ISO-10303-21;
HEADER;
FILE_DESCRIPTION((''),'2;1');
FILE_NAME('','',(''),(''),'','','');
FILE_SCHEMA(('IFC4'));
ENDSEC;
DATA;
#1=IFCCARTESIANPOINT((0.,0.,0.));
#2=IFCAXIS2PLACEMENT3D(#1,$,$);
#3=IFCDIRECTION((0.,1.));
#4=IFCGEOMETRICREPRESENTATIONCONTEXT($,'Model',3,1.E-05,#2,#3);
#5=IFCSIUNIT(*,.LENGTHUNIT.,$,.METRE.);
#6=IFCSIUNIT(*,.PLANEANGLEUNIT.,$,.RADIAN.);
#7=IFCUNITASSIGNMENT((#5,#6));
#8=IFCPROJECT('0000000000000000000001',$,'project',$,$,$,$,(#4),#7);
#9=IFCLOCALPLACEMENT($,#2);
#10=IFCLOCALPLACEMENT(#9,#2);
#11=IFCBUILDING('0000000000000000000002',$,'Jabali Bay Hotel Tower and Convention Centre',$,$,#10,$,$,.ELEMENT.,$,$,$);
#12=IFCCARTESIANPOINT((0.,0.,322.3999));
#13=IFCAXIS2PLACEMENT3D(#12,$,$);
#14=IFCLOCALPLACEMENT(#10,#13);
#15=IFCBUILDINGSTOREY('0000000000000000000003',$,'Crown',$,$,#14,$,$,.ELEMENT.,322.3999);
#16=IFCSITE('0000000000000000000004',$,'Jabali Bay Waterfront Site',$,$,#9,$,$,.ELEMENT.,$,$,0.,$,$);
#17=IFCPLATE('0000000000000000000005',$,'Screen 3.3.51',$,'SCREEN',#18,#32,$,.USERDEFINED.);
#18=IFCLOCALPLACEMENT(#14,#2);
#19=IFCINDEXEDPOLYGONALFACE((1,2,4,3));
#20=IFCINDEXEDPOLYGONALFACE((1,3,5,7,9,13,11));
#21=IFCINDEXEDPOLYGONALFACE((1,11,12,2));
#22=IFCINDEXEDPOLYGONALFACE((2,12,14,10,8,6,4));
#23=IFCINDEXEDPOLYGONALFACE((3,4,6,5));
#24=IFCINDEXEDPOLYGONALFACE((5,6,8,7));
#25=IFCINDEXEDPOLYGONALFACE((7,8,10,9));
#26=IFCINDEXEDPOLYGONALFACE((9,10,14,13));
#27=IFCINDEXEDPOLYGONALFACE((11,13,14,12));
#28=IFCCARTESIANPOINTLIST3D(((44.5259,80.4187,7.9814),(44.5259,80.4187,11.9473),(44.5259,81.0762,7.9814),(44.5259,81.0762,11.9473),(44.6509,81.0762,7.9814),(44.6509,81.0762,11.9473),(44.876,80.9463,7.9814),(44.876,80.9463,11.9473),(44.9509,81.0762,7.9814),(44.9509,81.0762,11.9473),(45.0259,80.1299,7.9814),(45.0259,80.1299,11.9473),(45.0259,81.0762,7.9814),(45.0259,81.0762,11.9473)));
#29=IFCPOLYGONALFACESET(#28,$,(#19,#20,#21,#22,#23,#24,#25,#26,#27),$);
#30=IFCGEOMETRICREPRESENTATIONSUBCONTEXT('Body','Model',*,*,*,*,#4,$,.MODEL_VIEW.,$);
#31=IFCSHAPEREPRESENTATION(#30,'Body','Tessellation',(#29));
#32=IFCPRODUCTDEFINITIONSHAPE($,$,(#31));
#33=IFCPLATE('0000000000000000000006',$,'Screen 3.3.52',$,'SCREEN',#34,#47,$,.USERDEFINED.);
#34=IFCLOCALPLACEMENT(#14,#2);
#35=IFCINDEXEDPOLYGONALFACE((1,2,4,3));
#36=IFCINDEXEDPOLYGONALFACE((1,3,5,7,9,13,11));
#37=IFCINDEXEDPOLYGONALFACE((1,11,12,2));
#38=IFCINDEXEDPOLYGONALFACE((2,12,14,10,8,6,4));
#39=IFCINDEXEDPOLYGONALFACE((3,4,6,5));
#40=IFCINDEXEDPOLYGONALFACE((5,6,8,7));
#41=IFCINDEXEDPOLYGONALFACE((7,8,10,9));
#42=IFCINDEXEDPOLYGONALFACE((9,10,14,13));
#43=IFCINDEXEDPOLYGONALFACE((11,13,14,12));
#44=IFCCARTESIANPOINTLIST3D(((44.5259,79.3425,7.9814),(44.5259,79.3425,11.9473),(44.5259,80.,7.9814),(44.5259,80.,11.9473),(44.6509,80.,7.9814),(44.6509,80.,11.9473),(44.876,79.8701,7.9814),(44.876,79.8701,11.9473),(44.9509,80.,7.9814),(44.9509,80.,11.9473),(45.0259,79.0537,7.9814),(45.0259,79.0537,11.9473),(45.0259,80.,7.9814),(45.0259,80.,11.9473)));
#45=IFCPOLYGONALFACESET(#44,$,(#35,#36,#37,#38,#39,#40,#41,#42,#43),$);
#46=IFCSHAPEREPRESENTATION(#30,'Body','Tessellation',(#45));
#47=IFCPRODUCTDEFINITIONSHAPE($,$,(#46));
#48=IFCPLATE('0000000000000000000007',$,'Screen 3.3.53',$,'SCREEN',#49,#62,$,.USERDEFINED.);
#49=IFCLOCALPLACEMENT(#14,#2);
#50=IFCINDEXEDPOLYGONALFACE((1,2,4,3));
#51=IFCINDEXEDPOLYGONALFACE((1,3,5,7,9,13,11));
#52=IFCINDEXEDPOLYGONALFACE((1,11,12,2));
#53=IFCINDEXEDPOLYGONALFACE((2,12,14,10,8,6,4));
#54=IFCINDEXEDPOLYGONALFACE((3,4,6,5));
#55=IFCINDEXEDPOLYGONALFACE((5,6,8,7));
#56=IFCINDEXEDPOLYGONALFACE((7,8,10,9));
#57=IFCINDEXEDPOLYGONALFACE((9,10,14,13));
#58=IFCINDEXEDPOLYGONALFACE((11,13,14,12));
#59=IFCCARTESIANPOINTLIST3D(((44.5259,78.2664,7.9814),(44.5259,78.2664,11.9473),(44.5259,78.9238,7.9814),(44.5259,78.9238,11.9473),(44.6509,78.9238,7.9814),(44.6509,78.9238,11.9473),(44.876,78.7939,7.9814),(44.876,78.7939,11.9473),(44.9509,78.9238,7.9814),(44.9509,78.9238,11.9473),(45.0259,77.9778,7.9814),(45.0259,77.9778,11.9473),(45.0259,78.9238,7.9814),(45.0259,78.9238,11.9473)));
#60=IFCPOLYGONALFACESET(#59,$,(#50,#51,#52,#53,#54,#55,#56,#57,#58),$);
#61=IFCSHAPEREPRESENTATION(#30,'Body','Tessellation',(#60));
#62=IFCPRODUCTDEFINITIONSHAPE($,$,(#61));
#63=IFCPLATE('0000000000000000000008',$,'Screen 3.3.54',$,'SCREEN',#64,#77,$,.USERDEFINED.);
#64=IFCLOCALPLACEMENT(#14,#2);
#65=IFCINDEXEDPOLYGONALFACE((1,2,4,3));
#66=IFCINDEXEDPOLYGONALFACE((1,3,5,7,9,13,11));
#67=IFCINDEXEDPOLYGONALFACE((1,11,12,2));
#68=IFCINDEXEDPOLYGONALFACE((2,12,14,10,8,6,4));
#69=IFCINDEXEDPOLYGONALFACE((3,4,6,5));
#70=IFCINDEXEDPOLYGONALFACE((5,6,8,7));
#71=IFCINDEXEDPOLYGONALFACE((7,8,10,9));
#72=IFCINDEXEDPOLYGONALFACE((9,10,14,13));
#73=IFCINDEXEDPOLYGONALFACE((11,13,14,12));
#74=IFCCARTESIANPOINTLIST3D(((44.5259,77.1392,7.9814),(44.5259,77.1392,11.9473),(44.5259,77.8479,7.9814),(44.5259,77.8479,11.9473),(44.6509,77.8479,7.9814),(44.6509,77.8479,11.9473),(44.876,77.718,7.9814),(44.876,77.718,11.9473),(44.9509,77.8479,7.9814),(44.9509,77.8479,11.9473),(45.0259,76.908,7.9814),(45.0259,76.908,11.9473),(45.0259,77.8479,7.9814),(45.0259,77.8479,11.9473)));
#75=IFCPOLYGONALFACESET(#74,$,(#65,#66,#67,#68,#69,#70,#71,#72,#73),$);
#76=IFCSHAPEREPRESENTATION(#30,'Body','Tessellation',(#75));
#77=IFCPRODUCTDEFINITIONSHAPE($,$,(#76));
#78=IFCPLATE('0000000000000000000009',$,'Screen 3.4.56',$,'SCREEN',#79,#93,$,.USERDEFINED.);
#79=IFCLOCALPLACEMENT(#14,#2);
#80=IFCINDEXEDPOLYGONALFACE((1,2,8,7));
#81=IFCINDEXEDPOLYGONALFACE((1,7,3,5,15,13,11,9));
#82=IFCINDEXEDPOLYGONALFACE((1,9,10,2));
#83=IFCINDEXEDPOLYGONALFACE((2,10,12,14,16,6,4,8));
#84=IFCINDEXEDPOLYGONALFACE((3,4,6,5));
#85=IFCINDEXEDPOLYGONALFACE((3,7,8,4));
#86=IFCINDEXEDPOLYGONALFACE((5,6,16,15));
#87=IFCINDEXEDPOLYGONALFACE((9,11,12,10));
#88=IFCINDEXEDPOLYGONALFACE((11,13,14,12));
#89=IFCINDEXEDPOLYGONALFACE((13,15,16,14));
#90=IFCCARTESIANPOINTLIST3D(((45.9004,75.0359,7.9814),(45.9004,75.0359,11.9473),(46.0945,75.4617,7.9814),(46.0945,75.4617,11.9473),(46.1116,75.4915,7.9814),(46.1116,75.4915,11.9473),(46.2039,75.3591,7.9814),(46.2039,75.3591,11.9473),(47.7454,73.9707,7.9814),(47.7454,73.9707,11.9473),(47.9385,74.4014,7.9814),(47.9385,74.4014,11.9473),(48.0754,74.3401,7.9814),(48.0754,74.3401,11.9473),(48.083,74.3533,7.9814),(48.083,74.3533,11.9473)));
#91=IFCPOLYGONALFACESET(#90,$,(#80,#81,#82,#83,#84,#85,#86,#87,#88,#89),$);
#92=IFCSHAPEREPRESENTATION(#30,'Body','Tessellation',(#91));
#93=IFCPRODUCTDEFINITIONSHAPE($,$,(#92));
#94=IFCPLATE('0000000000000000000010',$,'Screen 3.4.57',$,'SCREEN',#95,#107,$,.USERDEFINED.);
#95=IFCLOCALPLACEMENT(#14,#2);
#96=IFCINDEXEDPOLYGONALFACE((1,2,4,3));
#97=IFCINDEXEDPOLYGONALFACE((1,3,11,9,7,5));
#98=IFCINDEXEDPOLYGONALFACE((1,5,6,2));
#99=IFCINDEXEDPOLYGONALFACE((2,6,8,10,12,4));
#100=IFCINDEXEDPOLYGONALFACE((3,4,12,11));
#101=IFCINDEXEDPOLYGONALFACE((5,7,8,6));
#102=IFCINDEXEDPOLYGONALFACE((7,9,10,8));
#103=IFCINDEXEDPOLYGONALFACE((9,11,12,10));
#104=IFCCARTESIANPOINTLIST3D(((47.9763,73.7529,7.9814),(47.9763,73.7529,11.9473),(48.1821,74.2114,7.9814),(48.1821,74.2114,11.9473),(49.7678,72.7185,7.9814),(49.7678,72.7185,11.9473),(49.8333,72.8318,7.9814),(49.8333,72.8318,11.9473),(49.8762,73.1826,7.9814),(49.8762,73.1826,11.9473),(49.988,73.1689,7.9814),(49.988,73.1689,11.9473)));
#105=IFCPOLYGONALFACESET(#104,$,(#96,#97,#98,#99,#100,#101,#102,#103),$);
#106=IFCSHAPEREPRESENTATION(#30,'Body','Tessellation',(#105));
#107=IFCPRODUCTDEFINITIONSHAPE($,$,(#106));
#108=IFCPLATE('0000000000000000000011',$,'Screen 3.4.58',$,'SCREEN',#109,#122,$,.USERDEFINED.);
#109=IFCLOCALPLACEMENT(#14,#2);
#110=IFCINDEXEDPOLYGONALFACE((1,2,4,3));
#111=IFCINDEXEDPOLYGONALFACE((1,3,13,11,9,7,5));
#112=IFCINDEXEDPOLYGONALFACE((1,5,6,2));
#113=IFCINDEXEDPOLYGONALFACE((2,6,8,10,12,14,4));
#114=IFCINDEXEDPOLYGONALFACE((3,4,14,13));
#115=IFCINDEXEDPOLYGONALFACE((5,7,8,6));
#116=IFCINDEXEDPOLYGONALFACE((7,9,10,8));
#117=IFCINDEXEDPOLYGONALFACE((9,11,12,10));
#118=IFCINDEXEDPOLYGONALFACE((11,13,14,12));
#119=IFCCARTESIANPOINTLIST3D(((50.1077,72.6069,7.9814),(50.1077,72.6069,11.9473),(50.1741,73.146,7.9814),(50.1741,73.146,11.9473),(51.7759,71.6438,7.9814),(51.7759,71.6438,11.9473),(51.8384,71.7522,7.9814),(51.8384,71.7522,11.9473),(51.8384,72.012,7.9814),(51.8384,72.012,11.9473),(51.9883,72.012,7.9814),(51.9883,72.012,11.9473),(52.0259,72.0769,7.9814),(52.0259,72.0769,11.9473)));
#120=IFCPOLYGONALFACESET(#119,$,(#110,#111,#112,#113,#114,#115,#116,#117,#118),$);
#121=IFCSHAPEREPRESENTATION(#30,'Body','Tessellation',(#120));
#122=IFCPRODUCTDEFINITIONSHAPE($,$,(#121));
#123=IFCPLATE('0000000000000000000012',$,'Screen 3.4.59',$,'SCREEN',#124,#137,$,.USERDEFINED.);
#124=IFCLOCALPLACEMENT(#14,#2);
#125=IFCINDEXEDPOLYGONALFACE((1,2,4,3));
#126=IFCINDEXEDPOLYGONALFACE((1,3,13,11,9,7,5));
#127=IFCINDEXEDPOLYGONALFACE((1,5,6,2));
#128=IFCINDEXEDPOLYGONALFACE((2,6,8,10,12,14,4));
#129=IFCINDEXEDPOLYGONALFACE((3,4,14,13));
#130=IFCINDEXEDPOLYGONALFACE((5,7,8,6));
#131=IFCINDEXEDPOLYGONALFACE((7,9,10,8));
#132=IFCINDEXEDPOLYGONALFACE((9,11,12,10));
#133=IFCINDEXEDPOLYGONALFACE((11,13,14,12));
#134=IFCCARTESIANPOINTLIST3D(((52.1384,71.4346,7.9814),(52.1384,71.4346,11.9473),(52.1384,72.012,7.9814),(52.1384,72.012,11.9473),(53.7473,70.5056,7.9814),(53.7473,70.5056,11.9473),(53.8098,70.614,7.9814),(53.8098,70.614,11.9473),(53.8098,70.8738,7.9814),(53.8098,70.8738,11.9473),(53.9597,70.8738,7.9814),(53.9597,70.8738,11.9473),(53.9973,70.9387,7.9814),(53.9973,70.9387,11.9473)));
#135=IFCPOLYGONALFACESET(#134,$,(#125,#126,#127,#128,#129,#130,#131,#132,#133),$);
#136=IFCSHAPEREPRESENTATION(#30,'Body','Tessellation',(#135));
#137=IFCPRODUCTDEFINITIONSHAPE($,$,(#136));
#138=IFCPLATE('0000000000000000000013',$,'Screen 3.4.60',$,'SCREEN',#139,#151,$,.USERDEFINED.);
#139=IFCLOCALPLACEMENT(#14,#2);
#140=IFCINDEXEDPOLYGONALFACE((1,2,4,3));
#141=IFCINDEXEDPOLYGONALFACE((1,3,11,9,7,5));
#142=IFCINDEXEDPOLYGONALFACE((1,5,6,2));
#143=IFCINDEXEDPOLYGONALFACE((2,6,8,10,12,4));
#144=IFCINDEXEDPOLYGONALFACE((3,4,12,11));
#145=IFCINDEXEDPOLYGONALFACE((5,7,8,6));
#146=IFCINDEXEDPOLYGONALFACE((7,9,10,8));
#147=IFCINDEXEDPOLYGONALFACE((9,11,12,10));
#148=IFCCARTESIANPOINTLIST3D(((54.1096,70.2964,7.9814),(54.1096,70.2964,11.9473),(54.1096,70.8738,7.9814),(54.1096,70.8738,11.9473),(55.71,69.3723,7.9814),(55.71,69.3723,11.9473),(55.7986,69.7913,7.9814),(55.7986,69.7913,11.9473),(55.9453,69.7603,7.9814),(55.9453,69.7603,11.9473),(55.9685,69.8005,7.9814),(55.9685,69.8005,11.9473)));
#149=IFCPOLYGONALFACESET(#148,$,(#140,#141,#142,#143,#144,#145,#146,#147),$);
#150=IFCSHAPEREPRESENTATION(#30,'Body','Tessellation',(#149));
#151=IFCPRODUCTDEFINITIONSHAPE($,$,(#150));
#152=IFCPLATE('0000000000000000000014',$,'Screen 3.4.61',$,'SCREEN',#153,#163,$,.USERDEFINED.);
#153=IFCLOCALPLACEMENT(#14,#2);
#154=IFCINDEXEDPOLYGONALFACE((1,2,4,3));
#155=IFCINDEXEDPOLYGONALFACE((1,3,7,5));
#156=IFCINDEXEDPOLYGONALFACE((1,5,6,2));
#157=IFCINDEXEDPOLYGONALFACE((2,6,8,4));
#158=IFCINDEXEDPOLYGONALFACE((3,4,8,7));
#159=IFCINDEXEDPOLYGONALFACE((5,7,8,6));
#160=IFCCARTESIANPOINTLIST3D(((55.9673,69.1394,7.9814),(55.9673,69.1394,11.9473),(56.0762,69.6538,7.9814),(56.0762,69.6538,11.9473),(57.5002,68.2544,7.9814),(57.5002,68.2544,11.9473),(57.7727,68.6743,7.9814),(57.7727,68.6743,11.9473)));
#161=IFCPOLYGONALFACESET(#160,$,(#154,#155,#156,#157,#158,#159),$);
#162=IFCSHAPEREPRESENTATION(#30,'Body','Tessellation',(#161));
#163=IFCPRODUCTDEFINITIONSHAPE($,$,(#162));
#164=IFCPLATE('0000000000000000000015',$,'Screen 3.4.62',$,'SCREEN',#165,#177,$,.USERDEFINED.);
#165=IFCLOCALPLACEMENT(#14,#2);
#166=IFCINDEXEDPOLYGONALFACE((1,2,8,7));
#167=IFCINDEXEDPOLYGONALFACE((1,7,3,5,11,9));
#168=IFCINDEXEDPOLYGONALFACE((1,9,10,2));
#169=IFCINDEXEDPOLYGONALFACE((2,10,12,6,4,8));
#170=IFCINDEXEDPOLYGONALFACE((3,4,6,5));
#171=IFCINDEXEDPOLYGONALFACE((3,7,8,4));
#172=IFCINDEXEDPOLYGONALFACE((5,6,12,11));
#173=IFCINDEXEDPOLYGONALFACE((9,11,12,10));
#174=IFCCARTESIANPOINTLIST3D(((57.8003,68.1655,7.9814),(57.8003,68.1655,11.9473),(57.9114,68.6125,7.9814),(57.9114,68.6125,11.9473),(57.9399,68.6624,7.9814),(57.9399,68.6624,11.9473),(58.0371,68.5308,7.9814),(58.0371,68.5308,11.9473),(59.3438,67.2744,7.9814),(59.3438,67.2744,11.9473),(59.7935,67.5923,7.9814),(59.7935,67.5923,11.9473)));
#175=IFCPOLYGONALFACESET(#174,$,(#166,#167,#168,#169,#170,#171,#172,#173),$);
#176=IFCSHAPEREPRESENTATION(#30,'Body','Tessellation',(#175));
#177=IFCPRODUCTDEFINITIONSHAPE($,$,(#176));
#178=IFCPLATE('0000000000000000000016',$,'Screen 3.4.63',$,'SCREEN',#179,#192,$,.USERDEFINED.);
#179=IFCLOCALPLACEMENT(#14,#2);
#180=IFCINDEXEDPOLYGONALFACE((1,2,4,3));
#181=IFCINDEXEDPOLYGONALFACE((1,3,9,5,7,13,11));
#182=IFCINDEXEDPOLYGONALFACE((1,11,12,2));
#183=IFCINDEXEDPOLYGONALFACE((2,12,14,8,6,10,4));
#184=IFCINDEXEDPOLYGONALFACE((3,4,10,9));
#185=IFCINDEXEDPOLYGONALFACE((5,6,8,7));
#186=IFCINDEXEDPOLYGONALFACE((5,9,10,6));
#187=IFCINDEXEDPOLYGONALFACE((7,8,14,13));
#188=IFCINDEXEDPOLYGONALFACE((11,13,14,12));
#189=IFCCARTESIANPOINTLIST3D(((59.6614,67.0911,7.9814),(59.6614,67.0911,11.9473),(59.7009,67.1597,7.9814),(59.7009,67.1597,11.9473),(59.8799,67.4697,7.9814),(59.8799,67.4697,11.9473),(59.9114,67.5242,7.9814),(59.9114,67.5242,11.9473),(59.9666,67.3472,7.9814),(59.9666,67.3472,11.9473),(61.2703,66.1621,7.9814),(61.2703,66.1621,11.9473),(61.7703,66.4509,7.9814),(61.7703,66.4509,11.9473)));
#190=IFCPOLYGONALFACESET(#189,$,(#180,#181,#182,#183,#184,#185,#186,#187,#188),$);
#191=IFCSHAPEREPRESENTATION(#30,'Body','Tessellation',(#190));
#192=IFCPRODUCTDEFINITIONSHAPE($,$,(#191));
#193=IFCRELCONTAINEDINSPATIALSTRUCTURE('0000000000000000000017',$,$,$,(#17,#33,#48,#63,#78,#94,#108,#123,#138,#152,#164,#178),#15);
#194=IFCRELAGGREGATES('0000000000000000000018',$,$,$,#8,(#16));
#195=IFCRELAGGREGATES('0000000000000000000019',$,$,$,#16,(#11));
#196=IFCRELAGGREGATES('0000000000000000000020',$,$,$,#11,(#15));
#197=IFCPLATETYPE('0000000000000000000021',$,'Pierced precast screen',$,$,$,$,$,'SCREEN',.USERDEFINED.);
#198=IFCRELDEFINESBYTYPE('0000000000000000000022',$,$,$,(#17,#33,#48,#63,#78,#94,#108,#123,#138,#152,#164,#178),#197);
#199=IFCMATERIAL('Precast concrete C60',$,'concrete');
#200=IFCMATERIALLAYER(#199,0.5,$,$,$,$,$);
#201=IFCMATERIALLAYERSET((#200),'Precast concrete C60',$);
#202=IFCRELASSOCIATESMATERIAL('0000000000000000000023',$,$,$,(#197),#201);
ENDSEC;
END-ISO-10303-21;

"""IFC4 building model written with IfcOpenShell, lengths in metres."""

from ifc_helpers import new_model, si_unit, direction, frame, origin, place, context, subcontext, project, spatial, polyline, outline, extrude, material, layer, layer_set, type_object, element, save


model = new_model("IFC4")

# Units and contexts
model_context = context("Model", 3, precision=1e-05, world=origin(), true_north=direction((0.0, 1.0)))
body_context = subcontext(model_context, "Body", "Model", "MODEL_VIEW")
ifc_project = project(units=[si_unit("LENGTHUNIT", "METRE"), si_unit("PLANEANGLEUNIT", "RADIAN")], contexts=[model_context])

# Site, building, storey
site_placement = place(None, origin())
site = spatial("IfcSite", under=ifc_project, at=site_placement, Name="Jabali Bay Waterfront Site", CompositionType="ELEMENT", RefElevation=0.0)
building_placement = place(site_placement, origin())
building = spatial("IfcBuilding", under=site, at=building_placement, Name="Jabali Bay Hotel Tower and Convention Centre", CompositionType="ELEMENT")
storey_placement = place(building_placement, frame((0.0, 0.0, 322.3999)))
storey = spatial("IfcBuildingStorey", under=building, at=storey_placement, Name="Crown", CompositionType="ELEMENT", Elevation=322.3999)

# Plates
ifc_material = material(Name="Precast concrete C60", Category="concrete")
ifc_layer = layer(ifc_material, 0.5)
ifc_layer_set = layer_set([ifc_layer], Name="Precast concrete C60")
plate_type = type_object("IfcPlateType", Name="Pierced precast screen", ElementType="SCREEN", PredefinedType="USERDEFINED", material=ifc_layer_set)
plate_1_placement = place(storey_placement, frame((0.0, 0.0, 7.9814)))
element("IfcPlate", 1, at=plate_1_placement, inside=storey, type_object=plate_type, Name="Screen 3.3.51", ObjectType="SCREEN", PredefinedType="USERDEFINED", context=body_context, shape_type="SweptSolid", body=[
    extrude(outline(polyline([(45.0259, 80.1299), (45.0259, 81.0762), (44.9509, 81.0762), (44.876, 80.9463), (44.6509, 81.0762), (44.5259, 81.0762), (44.5259, 80.4187), (45.0259, 80.1299)])), origin(), (0.0, 0.0, 1.0), 3.9658),
])
plate_2_placement = place(storey_placement, frame((0.0, 0.0, 7.9814)))
element("IfcPlate", 2, at=plate_2_placement, inside=storey, type_object=plate_type, Name="Screen 3.3.52", ObjectType="SCREEN", PredefinedType="USERDEFINED", context=body_context, shape_type="SweptSolid", body=[
    extrude(outline(polyline([(45.0259, 79.0537), (45.0259, 80.0), (44.9509, 80.0), (44.876, 79.8701), (44.6509, 80.0), (44.5259, 80.0), (44.5259, 79.3425), (45.0259, 79.0537)])), origin(), (0.0, 0.0, 1.0), 3.9658),
])
plate_3_placement = place(storey_placement, frame((0.0, 0.0, 7.9814)))
element("IfcPlate", 3, at=plate_3_placement, inside=storey, type_object=plate_type, Name="Screen 3.3.53", ObjectType="SCREEN", PredefinedType="USERDEFINED", context=body_context, shape_type="SweptSolid", body=[
    extrude(outline(polyline([(45.0259, 77.9778), (45.0259, 78.9238), (44.9509, 78.9238), (44.876, 78.7939), (44.6509, 78.9238), (44.5259, 78.9238), (44.5259, 78.2664), (45.0259, 77.9778)])), origin(), (0.0, 0.0, 1.0), 3.9658),
])
plate_4_placement = place(storey_placement, frame((0.0, 0.0, 7.9814)))
element("IfcPlate", 4, at=plate_4_placement, inside=storey, type_object=plate_type, Name="Screen 3.3.54", ObjectType="SCREEN", PredefinedType="USERDEFINED", context=body_context, shape_type="SweptSolid", body=[
    extrude(outline(polyline([(45.0259, 76.908), (45.0259, 77.8479), (44.9509, 77.8479), (44.876, 77.718), (44.6509, 77.8479), (44.5259, 77.8479), (44.5259, 77.1392), (45.0259, 76.908)])), origin(), (0.0, 0.0, 1.0), 3.9658),
])
plate_5_placement = place(storey_placement, frame((0.0, 0.0, 7.9814)))
element("IfcPlate", 5, at=plate_5_placement, inside=storey, type_object=plate_type, Name="Screen 3.4.56", ObjectType="SCREEN", PredefinedType="USERDEFINED", context=body_context, shape_type="SweptSolid", body=[
    extrude(outline(polyline([(48.083, 74.3533), (46.1116, 75.4915), (46.0945, 75.4617), (46.2039, 75.3591), (45.9004, 75.0359), (47.7454, 73.9707), (47.9385, 74.4014), (48.0754, 74.3401), (48.083, 74.3533)])), origin(), (0.0, 0.0, 1.0), 3.9658),
])
plate_6_placement = place(storey_placement, frame((0.0, 0.0, 7.9814)))
element("IfcPlate", 6, at=plate_6_placement, inside=storey, type_object=plate_type, Name="Screen 3.4.57", ObjectType="SCREEN", PredefinedType="USERDEFINED", context=body_context, shape_type="SweptSolid", body=[
    extrude(outline(polyline([(49.988, 73.1689), (48.1821, 74.2114), (47.9763, 73.7529), (49.7678, 72.7185), (49.8333, 72.8318), (49.8762, 73.1826), (49.988, 73.1689)])), origin(), (0.0, 0.0, 1.0), 3.9658),
])
plate_7_placement = place(storey_placement, frame((0.0, 0.0, 7.9814)))
element("IfcPlate", 7, at=plate_7_placement, inside=storey, type_object=plate_type, Name="Screen 3.4.58", ObjectType="SCREEN", PredefinedType="USERDEFINED", context=body_context, shape_type="SweptSolid", body=[
    extrude(outline(polyline([(52.0259, 72.0769), (50.1741, 73.146), (50.1077, 72.6069), (51.7759, 71.6438), (51.8384, 71.7522), (51.8384, 72.012), (51.9883, 72.012), (52.0259, 72.0769)])), origin(), (0.0, 0.0, 1.0), 3.9658),
])
plate_8_placement = place(storey_placement, frame((0.0, 0.0, 7.9814)))
element("IfcPlate", 8, at=plate_8_placement, inside=storey, type_object=plate_type, Name="Screen 3.4.59", ObjectType="SCREEN", PredefinedType="USERDEFINED", context=body_context, shape_type="SweptSolid", body=[
    extrude(outline(polyline([(53.9973, 70.9387), (52.1384, 72.012), (52.1384, 71.4346), (53.7473, 70.5056), (53.8098, 70.614), (53.8098, 70.8738), (53.9597, 70.8738), (53.9973, 70.9387)])), origin(), (0.0, 0.0, 1.0), 3.9658),
])
plate_9_placement = place(storey_placement, frame((0.0, 0.0, 7.9814)))
element("IfcPlate", 9, at=plate_9_placement, inside=storey, type_object=plate_type, Name="Screen 3.4.60", ObjectType="SCREEN", PredefinedType="USERDEFINED", context=body_context, shape_type="SweptSolid", body=[
    extrude(outline(polyline([(55.9685, 69.8005), (54.1096, 70.8738), (54.1096, 70.2964), (55.71, 69.3723), (55.7986, 69.7913), (55.9453, 69.7603), (55.9685, 69.8005)])), origin(), (0.0, 0.0, 1.0), 3.9658),
])
plate_10_placement = place(storey_placement, frame((0.0, 0.0, 7.9814)))
element("IfcPlate", 10, at=plate_10_placement, inside=storey, type_object=plate_type, Name="Screen 3.4.61", ObjectType="SCREEN", PredefinedType="USERDEFINED", context=body_context, shape_type="SweptSolid", body=[
    extrude(outline(polyline([(57.7727, 68.6743), (56.0762, 69.6538), (55.9673, 69.1394), (57.5002, 68.2544), (57.7727, 68.6743)])), origin(), (0.0, 0.0, 1.0), 3.9658),
])
plate_11_placement = place(storey_placement, frame((0.0, 0.0, 7.9814)))
element("IfcPlate", 11, at=plate_11_placement, inside=storey, type_object=plate_type, Name="Screen 3.4.62", ObjectType="SCREEN", PredefinedType="USERDEFINED", context=body_context, shape_type="SweptSolid", body=[
    extrude(outline(polyline([(59.7935, 67.5923), (57.9399, 68.6624), (57.9114, 68.6125), (58.0371, 68.5308), (57.8003, 68.1655), (59.3438, 67.2744), (59.7935, 67.5923)])), origin(), (0.0, 0.0, 1.0), 3.9658),
])
plate_12_placement = place(storey_placement, frame((0.0, 0.0, 7.9814)))
element("IfcPlate", 12, at=plate_12_placement, inside=storey, type_object=plate_type, Name="Screen 3.4.63", ObjectType="SCREEN", PredefinedType="USERDEFINED", context=body_context, shape_type="SweptSolid", body=[
    extrude(outline(polyline([(61.7703, 66.4509), (59.9114, 67.5242), (59.8799, 67.4697), (59.9666, 67.3472), (59.7009, 67.1597), (59.6614, 67.0911), (61.2703, 66.1621), (61.7703, 66.4509)])), origin(), (0.0, 0.0, 1.0), 3.9658),
])

save(model, "model.ifc")
